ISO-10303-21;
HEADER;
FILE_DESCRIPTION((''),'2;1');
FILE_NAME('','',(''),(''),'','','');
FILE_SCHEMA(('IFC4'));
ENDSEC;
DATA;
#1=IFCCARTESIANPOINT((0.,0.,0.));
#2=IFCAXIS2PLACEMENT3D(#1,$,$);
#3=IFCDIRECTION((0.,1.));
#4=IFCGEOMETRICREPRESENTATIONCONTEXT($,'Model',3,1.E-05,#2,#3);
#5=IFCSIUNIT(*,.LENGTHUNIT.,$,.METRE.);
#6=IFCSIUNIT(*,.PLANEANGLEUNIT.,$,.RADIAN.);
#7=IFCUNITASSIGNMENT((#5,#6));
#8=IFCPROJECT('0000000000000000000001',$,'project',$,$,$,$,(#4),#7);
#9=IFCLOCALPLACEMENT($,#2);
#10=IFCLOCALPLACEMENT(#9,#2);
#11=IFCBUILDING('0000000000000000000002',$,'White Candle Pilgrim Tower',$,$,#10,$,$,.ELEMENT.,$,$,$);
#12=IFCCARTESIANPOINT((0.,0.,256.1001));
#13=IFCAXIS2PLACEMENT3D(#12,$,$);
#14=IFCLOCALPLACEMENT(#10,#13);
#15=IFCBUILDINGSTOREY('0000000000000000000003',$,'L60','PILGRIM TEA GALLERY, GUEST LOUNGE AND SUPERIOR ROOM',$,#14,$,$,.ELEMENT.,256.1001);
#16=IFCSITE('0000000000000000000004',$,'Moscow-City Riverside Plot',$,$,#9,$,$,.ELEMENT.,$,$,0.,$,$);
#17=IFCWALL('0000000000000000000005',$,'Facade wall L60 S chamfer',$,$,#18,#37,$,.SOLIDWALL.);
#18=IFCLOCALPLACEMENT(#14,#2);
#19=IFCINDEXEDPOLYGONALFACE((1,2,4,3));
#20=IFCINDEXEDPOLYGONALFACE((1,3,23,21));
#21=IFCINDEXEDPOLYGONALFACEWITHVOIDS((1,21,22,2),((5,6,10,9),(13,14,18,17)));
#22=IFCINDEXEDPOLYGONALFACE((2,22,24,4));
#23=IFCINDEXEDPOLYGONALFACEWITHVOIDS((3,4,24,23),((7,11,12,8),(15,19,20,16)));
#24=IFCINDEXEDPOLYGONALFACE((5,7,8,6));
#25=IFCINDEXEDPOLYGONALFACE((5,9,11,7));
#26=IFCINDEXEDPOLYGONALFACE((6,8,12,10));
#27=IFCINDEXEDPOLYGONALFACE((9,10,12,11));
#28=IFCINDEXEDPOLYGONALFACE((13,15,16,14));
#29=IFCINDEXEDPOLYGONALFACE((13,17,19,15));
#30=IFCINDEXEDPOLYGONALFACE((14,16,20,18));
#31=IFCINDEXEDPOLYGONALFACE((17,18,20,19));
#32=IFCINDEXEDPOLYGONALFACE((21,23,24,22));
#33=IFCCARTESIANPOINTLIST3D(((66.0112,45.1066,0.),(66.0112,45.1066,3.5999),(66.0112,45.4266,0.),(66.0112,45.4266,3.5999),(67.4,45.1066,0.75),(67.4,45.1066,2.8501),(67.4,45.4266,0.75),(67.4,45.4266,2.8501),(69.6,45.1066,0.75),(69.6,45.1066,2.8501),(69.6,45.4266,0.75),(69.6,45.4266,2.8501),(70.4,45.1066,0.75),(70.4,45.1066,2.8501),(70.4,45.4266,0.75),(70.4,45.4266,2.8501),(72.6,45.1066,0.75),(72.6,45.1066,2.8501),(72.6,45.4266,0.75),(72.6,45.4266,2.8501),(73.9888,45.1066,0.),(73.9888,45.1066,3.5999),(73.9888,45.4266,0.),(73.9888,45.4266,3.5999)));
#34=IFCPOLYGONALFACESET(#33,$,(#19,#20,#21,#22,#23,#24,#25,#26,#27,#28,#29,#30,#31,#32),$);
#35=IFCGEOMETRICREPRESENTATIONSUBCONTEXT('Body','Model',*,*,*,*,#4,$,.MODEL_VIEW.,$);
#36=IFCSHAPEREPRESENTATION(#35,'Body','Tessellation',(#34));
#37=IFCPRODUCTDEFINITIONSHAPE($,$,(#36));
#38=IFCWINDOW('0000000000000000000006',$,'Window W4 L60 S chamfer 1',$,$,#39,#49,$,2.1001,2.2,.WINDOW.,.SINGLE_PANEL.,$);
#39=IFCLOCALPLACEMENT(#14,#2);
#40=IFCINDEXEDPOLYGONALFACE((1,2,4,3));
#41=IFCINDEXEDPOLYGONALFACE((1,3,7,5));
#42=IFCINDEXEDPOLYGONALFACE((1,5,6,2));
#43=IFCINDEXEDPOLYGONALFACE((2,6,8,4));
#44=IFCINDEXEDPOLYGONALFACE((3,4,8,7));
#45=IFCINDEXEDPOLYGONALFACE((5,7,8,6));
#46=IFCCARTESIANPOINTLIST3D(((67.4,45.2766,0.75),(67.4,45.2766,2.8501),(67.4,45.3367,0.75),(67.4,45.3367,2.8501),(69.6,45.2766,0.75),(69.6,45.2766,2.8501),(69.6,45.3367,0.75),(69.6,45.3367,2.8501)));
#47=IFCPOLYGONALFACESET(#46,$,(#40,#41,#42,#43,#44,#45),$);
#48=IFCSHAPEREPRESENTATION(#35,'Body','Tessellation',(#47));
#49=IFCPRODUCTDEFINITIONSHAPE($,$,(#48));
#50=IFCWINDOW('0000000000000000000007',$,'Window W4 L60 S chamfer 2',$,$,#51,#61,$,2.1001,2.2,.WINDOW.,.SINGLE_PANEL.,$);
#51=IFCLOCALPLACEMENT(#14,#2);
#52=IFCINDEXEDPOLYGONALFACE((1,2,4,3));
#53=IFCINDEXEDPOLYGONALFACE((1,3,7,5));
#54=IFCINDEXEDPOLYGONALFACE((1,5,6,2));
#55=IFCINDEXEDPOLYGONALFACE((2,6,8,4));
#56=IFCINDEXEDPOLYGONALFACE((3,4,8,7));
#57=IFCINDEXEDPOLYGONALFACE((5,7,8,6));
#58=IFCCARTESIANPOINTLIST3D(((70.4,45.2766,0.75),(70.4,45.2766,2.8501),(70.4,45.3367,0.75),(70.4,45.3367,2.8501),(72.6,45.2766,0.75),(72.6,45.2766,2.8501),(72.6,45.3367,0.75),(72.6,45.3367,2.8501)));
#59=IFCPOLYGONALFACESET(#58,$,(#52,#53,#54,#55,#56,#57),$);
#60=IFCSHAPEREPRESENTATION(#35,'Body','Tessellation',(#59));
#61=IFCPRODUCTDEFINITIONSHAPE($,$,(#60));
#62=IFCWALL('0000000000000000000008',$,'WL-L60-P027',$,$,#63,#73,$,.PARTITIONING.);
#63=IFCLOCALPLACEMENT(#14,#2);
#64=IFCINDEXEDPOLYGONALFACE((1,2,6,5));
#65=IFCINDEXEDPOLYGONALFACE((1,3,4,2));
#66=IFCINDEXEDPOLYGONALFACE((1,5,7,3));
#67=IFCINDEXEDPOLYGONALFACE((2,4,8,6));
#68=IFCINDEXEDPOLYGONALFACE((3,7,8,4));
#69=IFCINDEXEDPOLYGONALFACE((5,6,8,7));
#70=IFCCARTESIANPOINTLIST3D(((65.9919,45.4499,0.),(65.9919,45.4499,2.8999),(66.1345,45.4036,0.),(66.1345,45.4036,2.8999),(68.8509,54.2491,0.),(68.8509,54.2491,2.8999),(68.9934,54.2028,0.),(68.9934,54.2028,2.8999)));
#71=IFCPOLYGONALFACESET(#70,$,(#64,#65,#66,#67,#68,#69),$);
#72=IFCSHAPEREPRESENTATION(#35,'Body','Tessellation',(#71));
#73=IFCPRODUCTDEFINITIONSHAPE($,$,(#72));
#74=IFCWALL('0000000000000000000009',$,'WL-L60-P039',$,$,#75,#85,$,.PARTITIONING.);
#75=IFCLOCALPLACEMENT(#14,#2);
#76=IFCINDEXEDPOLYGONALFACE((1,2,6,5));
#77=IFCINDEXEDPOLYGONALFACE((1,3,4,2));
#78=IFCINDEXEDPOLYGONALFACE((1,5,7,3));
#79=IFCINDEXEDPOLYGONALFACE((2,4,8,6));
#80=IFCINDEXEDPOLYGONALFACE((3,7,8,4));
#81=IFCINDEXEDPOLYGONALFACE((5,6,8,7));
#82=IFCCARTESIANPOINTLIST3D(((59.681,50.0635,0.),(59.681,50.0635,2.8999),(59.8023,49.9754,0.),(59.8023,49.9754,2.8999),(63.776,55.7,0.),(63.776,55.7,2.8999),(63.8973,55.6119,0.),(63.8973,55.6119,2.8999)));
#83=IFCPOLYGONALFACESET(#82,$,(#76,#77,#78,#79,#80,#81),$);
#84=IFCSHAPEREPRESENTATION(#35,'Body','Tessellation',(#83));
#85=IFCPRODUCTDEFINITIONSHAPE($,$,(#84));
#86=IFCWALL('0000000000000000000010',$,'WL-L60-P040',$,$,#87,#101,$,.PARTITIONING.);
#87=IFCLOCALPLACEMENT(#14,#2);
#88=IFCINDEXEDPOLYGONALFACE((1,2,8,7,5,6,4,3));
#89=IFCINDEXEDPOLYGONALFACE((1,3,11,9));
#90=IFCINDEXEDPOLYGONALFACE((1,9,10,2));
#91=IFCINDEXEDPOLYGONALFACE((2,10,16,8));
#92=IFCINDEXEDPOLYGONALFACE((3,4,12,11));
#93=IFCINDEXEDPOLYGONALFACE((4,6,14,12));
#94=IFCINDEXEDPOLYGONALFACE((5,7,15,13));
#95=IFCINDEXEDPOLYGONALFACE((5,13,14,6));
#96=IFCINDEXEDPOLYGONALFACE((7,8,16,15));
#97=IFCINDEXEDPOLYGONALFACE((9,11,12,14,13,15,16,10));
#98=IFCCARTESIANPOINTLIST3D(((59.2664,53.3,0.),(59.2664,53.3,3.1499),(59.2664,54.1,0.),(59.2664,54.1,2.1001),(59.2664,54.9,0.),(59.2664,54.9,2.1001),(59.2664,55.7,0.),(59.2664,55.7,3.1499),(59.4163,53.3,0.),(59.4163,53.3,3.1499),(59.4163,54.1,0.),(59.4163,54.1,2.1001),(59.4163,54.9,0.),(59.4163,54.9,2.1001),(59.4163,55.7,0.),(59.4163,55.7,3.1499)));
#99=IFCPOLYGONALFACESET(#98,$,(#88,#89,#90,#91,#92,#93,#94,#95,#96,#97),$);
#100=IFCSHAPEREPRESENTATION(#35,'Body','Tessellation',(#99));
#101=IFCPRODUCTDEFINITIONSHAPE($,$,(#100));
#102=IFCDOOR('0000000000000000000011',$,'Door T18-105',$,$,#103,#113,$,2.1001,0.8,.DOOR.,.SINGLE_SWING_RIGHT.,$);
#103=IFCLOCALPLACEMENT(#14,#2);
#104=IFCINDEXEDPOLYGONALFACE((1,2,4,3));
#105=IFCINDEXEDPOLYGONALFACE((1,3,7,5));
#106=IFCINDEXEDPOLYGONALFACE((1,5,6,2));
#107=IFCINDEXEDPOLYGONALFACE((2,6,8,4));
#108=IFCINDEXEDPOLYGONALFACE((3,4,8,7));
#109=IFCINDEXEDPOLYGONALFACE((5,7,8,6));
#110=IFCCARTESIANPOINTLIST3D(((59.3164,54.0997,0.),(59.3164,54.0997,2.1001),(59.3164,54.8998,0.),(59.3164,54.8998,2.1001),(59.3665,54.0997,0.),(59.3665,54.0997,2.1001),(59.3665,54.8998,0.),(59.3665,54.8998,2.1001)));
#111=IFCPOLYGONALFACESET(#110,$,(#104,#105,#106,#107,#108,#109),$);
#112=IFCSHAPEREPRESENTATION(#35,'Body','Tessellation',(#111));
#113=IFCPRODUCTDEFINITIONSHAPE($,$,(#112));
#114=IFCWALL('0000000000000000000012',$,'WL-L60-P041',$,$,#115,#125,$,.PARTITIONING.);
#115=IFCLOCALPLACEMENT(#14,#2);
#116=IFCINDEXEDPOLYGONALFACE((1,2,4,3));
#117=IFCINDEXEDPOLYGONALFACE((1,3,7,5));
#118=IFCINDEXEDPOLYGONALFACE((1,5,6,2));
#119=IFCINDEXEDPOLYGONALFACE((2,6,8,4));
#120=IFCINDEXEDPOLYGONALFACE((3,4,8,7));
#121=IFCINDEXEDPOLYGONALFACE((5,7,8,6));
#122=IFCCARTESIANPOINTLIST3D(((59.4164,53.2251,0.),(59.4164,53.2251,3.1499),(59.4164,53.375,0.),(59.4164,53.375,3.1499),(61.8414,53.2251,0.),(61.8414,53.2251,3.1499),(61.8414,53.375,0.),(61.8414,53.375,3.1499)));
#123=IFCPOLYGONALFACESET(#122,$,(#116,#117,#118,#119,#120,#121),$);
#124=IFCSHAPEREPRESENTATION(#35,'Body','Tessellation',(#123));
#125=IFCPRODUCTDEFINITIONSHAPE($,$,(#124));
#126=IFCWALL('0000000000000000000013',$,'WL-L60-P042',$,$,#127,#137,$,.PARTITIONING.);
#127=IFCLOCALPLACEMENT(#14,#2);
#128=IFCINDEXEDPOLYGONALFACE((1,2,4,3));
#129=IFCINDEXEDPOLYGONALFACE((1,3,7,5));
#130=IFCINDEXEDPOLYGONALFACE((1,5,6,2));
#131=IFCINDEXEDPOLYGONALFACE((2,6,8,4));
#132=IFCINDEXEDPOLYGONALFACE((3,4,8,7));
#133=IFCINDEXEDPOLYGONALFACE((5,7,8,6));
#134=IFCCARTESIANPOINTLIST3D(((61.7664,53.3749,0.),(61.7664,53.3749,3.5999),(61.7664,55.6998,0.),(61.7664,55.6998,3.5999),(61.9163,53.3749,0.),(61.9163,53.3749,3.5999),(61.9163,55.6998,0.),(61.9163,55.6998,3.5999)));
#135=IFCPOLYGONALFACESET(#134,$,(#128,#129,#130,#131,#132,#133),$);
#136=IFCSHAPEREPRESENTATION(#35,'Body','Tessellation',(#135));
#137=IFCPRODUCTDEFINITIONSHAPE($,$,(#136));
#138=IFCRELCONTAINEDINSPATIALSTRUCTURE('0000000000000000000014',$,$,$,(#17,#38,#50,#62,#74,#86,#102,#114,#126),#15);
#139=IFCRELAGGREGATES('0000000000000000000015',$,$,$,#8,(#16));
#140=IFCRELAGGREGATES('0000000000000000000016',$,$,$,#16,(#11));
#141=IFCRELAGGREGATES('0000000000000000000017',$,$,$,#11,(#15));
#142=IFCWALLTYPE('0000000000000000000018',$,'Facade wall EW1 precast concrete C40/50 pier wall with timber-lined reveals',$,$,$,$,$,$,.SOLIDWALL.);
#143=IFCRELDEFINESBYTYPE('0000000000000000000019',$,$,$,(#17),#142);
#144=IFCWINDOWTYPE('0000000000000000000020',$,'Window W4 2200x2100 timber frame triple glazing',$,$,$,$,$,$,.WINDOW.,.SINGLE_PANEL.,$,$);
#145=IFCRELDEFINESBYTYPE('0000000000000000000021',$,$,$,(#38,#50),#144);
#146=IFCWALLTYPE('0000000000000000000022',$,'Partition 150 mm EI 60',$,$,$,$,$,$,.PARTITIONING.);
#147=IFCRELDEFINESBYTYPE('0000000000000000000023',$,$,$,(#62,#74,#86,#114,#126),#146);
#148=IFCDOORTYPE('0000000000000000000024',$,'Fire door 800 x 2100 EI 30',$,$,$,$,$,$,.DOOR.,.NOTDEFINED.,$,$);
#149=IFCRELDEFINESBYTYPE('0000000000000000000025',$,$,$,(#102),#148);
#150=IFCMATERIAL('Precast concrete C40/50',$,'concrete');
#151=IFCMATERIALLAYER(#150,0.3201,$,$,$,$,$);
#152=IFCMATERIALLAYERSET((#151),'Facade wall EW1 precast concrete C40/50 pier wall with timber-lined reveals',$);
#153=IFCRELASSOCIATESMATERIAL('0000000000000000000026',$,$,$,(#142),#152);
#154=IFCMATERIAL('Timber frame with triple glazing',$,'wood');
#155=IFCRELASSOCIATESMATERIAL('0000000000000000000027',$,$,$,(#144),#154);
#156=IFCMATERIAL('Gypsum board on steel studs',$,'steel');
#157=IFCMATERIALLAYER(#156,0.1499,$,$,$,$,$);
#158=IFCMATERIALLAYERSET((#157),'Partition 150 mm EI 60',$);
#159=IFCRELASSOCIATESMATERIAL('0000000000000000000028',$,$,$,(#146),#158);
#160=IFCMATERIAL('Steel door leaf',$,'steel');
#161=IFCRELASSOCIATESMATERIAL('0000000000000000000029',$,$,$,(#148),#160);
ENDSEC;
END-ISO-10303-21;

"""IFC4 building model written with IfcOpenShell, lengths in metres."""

from ifc_helpers import new_model, si_unit, direction, frame, frame_2d, origin, place, context, subcontext, project, spatial, rectangle, extrude, material, layer, layer_set, type_object, element, fill, save


model = new_model("IFC4")

# Units and contexts
model_context = context("Model", 3, precision=1e-05, world=origin(), true_north=direction((0.0, 1.0)))
body_context = subcontext(model_context, "Body", "Model", "MODEL_VIEW")
ifc_project = project(units=[si_unit("LENGTHUNIT", "METRE"), si_unit("PLANEANGLEUNIT", "RADIAN")], contexts=[model_context])

# Site, building, storey
site_placement = place(None, origin())
site = spatial("IfcSite", under=ifc_project, at=site_placement, Name="Moscow-City Riverside Plot", CompositionType="ELEMENT", RefElevation=0.0)
building_placement = place(site_placement, origin())
building = spatial("IfcBuilding", under=site, at=building_placement, Name="White Candle Pilgrim Tower", CompositionType="ELEMENT")
storey_placement = place(building_placement, frame((0.0, 0.0, 256.1001)))
storey = spatial("IfcBuildingStorey", under=building, at=storey_placement, Name="L60", Description="PILGRIM TEA GALLERY, GUEST LOUNGE AND SUPERIOR ROOM", CompositionType="ELEMENT", Elevation=256.1001)

# Shared definitions
ifc_material_1 = material(Name="Gypsum board on steel studs", Category="steel")
ifc_material_2 = material(Name="Steel door leaf", Category="steel")

# Wall, openings, windows
ifc_material_3 = material(Name="Precast concrete C40/50", Category="concrete")
ifc_layer_1 = layer(ifc_material_3, 0.3201)
ifc_layer_set_1 = layer_set([ifc_layer_1], Name="Facade wall EW1 precast concrete C40/50 pier wall with timber-lined reveals")
wall_type_1 = type_object("IfcWallType", Name="Facade wall EW1 precast concrete C40/50 pier wall with timber-lined reveals", PredefinedType="SOLIDWALL", material=ifc_layer_set_1)
wall_1_placement = place(storey_placement, frame((66.0112, 45.2666, 0.0), z_axis=(0.0, 0.0, 1.0), x_axis=(1.0, 0.0, 0.0)))
wall_1 = element("IfcWall", 1, at=wall_1_placement, inside=storey, type_object=wall_type_1, Name="Facade wall L60 S chamfer", PredefinedType="SOLIDWALL", context=body_context, shape_type="SweptSolid", body=[
    extrude(rectangle(XDim=7.9775, YDim=0.3201, at=frame_2d((3.9888, 0.0))), origin(), (0.0, 0.0, 1.0), 3.5999),
])
opening_1_placement = place(wall_1_placement, frame((1.3887, 0.0, 0.75)))
opening_1 = element("IfcOpeningElement", 2, at=opening_1_placement, cuts=wall_1, PredefinedType="OPENING", context=body_context, shape_type="SweptSolid", body=[
    extrude(rectangle(XDim=2.2, YDim=2.1001, at=frame_2d((1.1001, 1.05))), frame((0.0, 0.1699, 0.0), z_axis=(0.0, -1.0, 0.0), x_axis=(1.0, 0.0, 0.0)), (0.0, 0.0, 1.0), 0.3401),
])
opening_2_placement = place(wall_1_placement, frame((4.3887, 0.0, 0.75)))
opening_2 = element("IfcOpeningElement", 3, at=opening_2_placement, cuts=wall_1, PredefinedType="OPENING", context=body_context, shape_type="SweptSolid", body=[
    extrude(rectangle(XDim=2.2, YDim=2.1001, at=frame_2d((1.1001, 1.05))), frame((0.0, 0.1699, 0.0), z_axis=(0.0, -1.0, 0.0), x_axis=(1.0, 0.0, 0.0)), (0.0, 0.0, 1.0), 0.3401),
])
ifc_material_4 = material(Name="Timber frame with triple glazing", Category="wood")
window_type = type_object("IfcWindowType", Name="Window W4 2200x2100 timber frame triple glazing", PartitioningType="SINGLE_PANEL", PredefinedType="WINDOW", material=ifc_material_4)
window_1_placement = place(opening_1_placement, origin())
window_1 = element("IfcWindow", 4, at=window_1_placement, inside=storey, type_object=window_type, Name="Window W4 L60 S chamfer 1", OverallHeight=2.1001, OverallWidth=2.2, PartitioningType="SINGLE_PANEL", PredefinedType="WINDOW", context=body_context, shape_type="SweptSolid", body=[
    extrude(rectangle(XDim=2.2, YDim=2.1001, at=frame_2d((1.1001, 1.05))), frame((0.0, 0.0701, 0.0), z_axis=(0.0, -1.0, 0.0), x_axis=(1.0, 0.0, 0.0)), (0.0, 0.0, 1.0), 0.0601),
])
fill(opening_1, window_1)
window_2_placement = place(opening_2_placement, origin())
window_2 = element("IfcWindow", 5, at=window_2_placement, inside=storey, type_object=window_type, Name="Window W4 L60 S chamfer 2", OverallHeight=2.1001, OverallWidth=2.2, PartitioningType="SINGLE_PANEL", PredefinedType="WINDOW", context=body_context, shape_type="SweptSolid", body=[
    extrude(rectangle(XDim=2.2, YDim=2.1001, at=frame_2d((1.1001, 1.05))), frame((0.0, 0.0701, 0.0), z_axis=(0.0, -1.0, 0.0), x_axis=(1.0, 0.0, 0.0)), (0.0, 0.0, 1.0), 0.0601),
])
fill(opening_2, window_2)

# Walls
ifc_layer_2 = layer(ifc_material_1, 0.1499)
ifc_layer_set_2 = layer_set([ifc_layer_2], Name="Partition 150 mm EI 60")
wall_type_2 = type_object("IfcWallType", Name="Partition 150 mm EI 60", PredefinedType="PARTITIONING", material=ifc_layer_set_2)
wall_2_placement = place(storey_placement, frame((66.0632, 45.4268, 0.0), z_axis=(0.0, 0.0, 1.0), x_axis=(0.309007, 0.95106, 0.0)))
element("IfcWall", 6, at=wall_2_placement, inside=storey, type_object=wall_type_2, Name="WL-L60-P027", PredefinedType="PARTITIONING", context=body_context, shape_type="SweptSolid", body=[
    extrude(rectangle(XDim=9.252, YDim=0.1499, at=frame_2d((4.626, 0.0))), origin(), (0.0, 0.0, 1.0), 2.8999),
])
wall_3_placement = place(storey_placement, frame((59.7417, 50.0195, 0.0), z_axis=(0.0, 0.0, 1.0), x_axis=(0.587769, 0.809028, 0.0)))
element("IfcWall", 7, at=wall_3_placement, inside=storey, type_object=wall_type_2, Name="WL-L60-P039", PredefinedType="PARTITIONING", context=body_context, shape_type="SweptSolid", body=[
    extrude(rectangle(XDim=6.967, YDim=0.1499, at=frame_2d((3.4834, 0.0))), origin(), (0.0, 0.0, 1.0), 2.8999),
])

# Wall, opening, door
wall_4_placement = place(storey_placement, frame((59.3413, 55.7, 0.0), z_axis=(0.0, 0.0, 1.0), x_axis=(0.0, -1.0, 0.0)))
wall_4 = element("IfcWall", 8, at=wall_4_placement, inside=storey, type_object=wall_type_2, Name="WL-L60-P040", PredefinedType="PARTITIONING", context=body_context, shape_type="SweptSolid", body=[
    extrude(rectangle(XDim=2.3999, YDim=0.1499, at=frame_2d((1.2, 0.0))), origin(), (0.0, 0.0, 1.0), 3.1499),
])
opening_3_placement = place(wall_4_placement, frame((0.8, 0.0, 0.0)))
opening_3 = element("IfcOpeningElement", 9, at=opening_3_placement, cuts=wall_4, PredefinedType="OPENING", context=body_context, shape_type="SweptSolid", body=[
    extrude(rectangle(XDim=0.8, YDim=2.1001, at=frame_2d((0.3999, 1.05))), frame((0.0, 0.085, 0.0), z_axis=(0.0, -1.0, 0.0), x_axis=(1.0, 0.0, 0.0)), (0.0, 0.0, 1.0), 0.1699),
])
door_type_1 = type_object("IfcDoorType", Name="Fire door 800 x 2100 EI 30", OperationType="NOTDEFINED", PredefinedType="DOOR", material=ifc_material_2)
door_1_placement = place(opening_3_placement, frame((0.8, 0.0, 0.0), z_axis=(0.0, 0.0, 1.0), x_axis=(-1.0, 0.0, 0.0)))
door_1 = element("IfcDoor", 10, at=door_1_placement, inside=storey, type_object=door_type_1, Name="Door T18-105", OperationType="SINGLE_SWING_RIGHT", OverallHeight=2.1001, OverallWidth=0.8, PredefinedType="DOOR", context=body_context, shape_type="SweptSolid", body=[
    extrude(rectangle(XDim=0.8, YDim=2.1001, at=frame_2d((0.3999, 1.05))), frame((0.0, 0.0249, 0.0), z_axis=(0.0, -1.0, 0.0), x_axis=(1.0, 0.0, 0.0)), (0.0, 0.0, 1.0), 0.05),
])
fill(opening_3, door_1)

# Walls
wall_5_placement = place(storey_placement, frame((61.8413, 53.3, 0.0), z_axis=(0.0, 0.0, 1.0), x_axis=(-1.0, 0.0, 0.0)))
element("IfcWall", 11, at=wall_5_placement, inside=storey, type_object=wall_type_2, Name="WL-L60-P041", PredefinedType="PARTITIONING", context=body_context, shape_type="SweptSolid", body=[
    extrude(rectangle(XDim=2.425, YDim=0.1499, at=frame_2d((1.2124, 0.0))), origin(), (0.0, 0.0, 1.0), 3.1499),
])
wall_6_placement = place(storey_placement, frame((61.8413, 55.7, 0.0), z_axis=(0.0, 0.0, 1.0), x_axis=(0.0, -1.0, 0.0)))
element("IfcWall", 12, at=wall_6_placement, inside=storey, type_object=wall_type_2, Name="WL-L60-P042", PredefinedType="PARTITIONING", context=body_context, shape_type="SweptSolid", body=[
    extrude(rectangle(XDim=2.325, YDim=0.1499, at=frame_2d((1.1626, 0.0))), origin(), (0.0, 0.0, 1.0), 3.5999),
])

save(model, "model.ifc")
